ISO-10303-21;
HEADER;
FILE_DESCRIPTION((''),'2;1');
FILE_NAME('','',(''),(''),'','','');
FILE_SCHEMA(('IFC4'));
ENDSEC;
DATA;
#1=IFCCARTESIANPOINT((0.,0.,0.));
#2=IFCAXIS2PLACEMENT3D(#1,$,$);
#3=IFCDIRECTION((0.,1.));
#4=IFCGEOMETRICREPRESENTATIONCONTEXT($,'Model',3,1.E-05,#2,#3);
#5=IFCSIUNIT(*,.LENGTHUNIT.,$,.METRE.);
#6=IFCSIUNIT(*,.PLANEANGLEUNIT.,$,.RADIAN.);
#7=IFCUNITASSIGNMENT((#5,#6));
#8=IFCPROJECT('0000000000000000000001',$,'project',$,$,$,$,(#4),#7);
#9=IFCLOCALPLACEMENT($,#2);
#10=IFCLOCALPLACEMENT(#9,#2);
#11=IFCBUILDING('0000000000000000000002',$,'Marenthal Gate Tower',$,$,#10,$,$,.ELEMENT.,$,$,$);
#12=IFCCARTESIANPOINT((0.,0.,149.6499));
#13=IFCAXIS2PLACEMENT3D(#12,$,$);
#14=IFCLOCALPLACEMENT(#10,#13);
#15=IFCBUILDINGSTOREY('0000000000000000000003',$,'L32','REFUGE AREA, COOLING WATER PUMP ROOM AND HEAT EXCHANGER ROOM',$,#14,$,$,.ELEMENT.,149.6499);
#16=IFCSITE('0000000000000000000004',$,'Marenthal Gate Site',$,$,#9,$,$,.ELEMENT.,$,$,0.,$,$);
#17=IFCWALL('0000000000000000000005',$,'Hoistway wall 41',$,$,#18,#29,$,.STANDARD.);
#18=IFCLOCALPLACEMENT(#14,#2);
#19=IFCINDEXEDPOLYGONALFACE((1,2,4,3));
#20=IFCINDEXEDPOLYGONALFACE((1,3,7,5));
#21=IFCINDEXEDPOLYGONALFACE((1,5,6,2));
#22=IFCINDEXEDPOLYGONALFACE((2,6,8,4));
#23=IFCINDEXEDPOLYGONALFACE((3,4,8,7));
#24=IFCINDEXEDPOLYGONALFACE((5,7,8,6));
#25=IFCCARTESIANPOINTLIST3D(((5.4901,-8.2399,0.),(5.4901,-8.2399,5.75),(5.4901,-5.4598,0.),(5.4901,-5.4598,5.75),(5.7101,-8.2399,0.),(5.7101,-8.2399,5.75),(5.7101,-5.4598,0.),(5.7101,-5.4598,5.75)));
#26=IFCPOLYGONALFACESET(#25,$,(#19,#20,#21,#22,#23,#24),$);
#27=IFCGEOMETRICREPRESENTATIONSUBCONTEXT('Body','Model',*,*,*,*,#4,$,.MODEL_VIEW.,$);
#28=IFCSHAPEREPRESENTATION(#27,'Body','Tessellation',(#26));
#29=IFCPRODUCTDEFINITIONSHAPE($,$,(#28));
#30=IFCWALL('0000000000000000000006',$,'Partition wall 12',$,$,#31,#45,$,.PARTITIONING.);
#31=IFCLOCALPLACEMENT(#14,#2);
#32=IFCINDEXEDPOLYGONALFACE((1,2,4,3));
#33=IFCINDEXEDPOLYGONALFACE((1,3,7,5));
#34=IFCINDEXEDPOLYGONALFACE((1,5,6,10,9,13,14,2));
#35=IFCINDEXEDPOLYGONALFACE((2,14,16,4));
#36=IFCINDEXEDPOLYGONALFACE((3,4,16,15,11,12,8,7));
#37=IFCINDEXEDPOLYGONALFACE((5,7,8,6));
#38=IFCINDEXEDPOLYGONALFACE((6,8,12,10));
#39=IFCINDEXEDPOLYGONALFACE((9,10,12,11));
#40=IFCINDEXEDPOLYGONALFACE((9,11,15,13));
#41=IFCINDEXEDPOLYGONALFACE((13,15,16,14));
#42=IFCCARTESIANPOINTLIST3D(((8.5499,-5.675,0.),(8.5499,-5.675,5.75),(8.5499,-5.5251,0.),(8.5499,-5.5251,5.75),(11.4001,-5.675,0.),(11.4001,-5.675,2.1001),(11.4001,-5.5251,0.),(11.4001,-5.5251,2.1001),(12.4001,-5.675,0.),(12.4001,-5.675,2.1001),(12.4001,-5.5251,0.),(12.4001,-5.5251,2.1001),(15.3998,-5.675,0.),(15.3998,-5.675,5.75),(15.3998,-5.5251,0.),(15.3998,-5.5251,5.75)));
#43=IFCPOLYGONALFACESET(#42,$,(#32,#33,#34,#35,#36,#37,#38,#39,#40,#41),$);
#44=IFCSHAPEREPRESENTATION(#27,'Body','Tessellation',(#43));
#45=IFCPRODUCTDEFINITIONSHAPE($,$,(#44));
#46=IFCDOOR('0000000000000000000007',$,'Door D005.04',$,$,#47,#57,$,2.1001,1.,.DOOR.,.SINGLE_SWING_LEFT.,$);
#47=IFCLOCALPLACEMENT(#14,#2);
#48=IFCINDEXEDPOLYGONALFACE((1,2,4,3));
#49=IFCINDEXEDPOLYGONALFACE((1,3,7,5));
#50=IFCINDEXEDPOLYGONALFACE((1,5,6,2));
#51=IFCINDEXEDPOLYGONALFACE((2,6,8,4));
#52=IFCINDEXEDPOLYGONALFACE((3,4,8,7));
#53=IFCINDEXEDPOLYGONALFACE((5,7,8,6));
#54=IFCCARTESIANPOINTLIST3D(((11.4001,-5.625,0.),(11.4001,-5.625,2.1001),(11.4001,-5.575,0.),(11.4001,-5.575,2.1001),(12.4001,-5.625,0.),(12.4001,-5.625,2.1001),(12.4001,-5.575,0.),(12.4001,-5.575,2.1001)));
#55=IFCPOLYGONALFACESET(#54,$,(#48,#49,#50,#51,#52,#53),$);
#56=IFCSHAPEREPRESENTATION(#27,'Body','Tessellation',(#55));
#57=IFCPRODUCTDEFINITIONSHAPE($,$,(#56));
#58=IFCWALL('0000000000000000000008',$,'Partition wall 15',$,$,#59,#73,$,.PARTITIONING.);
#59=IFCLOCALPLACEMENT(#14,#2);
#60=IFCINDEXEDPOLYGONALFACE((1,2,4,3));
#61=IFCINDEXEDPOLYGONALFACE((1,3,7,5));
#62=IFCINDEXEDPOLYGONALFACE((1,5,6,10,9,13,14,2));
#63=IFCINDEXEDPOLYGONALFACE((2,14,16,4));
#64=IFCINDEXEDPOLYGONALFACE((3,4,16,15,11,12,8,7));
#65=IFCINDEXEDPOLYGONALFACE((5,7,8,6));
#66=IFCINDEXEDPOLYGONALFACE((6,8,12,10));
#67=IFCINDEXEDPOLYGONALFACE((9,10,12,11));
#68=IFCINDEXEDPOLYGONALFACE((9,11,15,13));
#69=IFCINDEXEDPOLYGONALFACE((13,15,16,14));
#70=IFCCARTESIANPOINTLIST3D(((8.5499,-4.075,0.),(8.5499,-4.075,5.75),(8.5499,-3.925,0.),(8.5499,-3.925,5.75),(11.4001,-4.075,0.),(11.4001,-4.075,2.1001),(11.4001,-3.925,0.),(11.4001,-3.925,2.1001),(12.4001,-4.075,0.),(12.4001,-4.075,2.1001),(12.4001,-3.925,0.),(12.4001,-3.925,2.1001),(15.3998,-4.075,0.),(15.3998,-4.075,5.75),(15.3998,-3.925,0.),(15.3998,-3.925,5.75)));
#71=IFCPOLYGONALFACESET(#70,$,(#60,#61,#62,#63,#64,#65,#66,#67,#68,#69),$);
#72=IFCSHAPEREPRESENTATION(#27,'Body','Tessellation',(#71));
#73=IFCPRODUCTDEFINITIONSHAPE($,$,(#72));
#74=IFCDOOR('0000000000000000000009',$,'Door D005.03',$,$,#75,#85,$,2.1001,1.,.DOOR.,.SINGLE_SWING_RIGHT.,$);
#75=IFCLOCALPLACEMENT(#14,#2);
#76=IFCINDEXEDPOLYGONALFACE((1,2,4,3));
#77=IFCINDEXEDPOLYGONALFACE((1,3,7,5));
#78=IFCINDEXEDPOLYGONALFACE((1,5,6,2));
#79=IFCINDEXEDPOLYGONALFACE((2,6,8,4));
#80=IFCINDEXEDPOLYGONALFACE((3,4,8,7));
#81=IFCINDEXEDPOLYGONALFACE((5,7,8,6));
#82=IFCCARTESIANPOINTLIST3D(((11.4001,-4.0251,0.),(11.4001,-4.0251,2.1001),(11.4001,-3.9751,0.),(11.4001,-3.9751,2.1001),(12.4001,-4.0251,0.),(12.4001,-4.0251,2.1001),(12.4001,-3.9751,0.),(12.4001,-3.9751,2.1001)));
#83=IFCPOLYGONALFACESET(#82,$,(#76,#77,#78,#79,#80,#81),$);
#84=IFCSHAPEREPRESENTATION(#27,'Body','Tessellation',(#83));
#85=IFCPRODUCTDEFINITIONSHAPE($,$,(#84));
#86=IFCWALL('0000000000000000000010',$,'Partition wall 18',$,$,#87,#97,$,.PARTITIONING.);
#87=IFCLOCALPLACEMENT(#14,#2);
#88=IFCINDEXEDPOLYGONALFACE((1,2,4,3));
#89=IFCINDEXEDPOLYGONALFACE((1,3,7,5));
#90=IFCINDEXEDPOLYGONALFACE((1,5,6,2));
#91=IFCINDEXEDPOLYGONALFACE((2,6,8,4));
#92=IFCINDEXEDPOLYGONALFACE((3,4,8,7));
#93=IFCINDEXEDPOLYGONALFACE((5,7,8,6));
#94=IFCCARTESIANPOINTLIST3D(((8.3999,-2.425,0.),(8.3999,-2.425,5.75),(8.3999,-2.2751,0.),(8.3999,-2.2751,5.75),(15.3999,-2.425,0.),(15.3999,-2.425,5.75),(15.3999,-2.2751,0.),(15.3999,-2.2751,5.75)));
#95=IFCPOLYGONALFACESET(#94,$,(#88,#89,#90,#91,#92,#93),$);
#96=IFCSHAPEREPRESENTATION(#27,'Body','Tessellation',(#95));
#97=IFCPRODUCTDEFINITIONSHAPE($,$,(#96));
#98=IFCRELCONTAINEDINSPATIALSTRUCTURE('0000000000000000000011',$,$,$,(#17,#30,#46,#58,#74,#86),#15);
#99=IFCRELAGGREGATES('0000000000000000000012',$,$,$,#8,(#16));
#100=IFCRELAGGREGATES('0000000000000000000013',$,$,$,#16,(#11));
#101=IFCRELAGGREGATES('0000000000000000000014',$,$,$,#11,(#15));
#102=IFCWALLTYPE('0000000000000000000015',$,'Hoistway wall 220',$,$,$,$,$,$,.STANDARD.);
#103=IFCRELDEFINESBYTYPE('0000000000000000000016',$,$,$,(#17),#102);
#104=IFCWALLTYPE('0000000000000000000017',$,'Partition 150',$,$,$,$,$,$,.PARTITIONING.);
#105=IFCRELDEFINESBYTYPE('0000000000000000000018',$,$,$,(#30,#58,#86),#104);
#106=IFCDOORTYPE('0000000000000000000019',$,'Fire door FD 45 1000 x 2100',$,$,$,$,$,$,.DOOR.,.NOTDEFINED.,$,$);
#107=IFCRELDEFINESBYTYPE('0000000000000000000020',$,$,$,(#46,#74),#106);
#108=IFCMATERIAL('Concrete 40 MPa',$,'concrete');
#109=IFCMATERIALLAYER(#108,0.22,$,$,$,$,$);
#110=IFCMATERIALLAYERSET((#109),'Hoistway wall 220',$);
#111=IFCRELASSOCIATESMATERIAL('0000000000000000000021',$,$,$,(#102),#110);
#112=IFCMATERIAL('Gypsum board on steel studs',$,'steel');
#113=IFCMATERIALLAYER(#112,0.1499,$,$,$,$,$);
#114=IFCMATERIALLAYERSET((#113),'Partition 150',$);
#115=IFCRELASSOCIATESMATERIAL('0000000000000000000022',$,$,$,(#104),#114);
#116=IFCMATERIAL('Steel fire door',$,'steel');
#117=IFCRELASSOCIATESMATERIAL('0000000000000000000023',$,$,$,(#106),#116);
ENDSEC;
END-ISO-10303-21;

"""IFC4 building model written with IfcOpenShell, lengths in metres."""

from ifc_helpers import new_model, si_unit, direction, frame, frame_2d, origin, place, context, subcontext, project, spatial, rectangle, extrude, material, layer, layer_set, type_object, element, fill, save


model = new_model("IFC4")

# Units and contexts
model_context = context("Model", 3, precision=1e-05, world=origin(), true_north=direction((0.0, 1.0)))
body_context = subcontext(model_context, "Body", "Model", "MODEL_VIEW")
ifc_project = project(units=[si_unit("LENGTHUNIT", "METRE"), si_unit("PLANEANGLEUNIT", "RADIAN")], contexts=[model_context])

# Site, building, storey
site_placement = place(None, origin())
site = spatial("IfcSite", under=ifc_project, at=site_placement, Name="Marenthal Gate Site", CompositionType="ELEMENT", RefElevation=0.0)
building_placement = place(site_placement, origin())
building = spatial("IfcBuilding", under=site, at=building_placement, Name="Marenthal Gate Tower", CompositionType="ELEMENT")
storey_placement = place(building_placement, frame((0.0, 0.0, 149.6499)))
storey = spatial("IfcBuildingStorey", under=building, at=storey_placement, Name="L32", Description="REFUGE AREA, COOLING WATER PUMP ROOM AND HEAT EXCHANGER ROOM", CompositionType="ELEMENT", Elevation=149.6499)

# Wall
ifc_material_1 = material(Name="Concrete 40 MPa", Category="concrete")
ifc_layer_1 = layer(ifc_material_1, 0.22)
ifc_layer_set_1 = layer_set([ifc_layer_1], Name="Hoistway wall 220")
wall_type_1 = type_object("IfcWallType", Name="Hoistway wall 220", PredefinedType="STANDARD", material=ifc_layer_set_1)
for number, where, z_axis, x_axis, name in (
    (1, (5.6001, -8.24, 0.0), (0.0, 0.0, 1.0), (0.0, 1.0, 0.0), "Hoistway wall 41"),
):
    element("IfcWall", number, at=place(storey_placement, frame(where, z_axis=z_axis, x_axis=x_axis)), inside=storey, type_object=wall_type_1, Name=name, PredefinedType="STANDARD", context=body_context, shape_type="SweptSolid", body=[
        extrude(rectangle(XDim=2.78, YDim=0.22, at=frame_2d((1.3901, 0.0))), origin(), (0.0, 0.0, 1.0), 5.75),
    ])

# Walls, openings, doors
ifc_material_2 = material(Name="Gypsum board on steel studs", Category="steel")
ifc_layer_2 = layer(ifc_material_2, 0.1499)
ifc_layer_set_2 = layer_set([ifc_layer_2], Name="Partition 150")
wall_type_2 = type_object("IfcWallType", Name="Partition 150", PredefinedType="PARTITIONING", material=ifc_layer_set_2)
wall_1_placement = place(storey_placement, frame((8.55, -5.6001, 0.0), z_axis=(0.0, 0.0, 1.0), x_axis=(1.0, 0.0, 0.0)))
wall_1 = element("IfcWall", 2, at=wall_1_placement, inside=storey, type_object=wall_type_2, Name="Partition wall 12", PredefinedType="PARTITIONING", context=body_context, shape_type="SweptSolid", body=[
    extrude(rectangle(XDim=6.8499, YDim=0.1499, at=frame_2d((3.4248, 0.0))), origin(), (0.0, 0.0, 1.0), 5.75),
])
opening_1_placement = place(wall_1_placement, frame((2.8501, 0.0, 0.0)))
opening_1 = element("IfcOpeningElement", 3, at=opening_1_placement, cuts=wall_1, PredefinedType="OPENING", context=body_context, shape_type="SweptSolid", body=[
    extrude(rectangle(XDim=1.0, YDim=2.1001, at=frame_2d((0.5, 1.05))), frame((0.0, 0.085, 0.0), z_axis=(0.0, -1.0, 0.0), x_axis=(1.0, 0.0, 0.0)), (0.0, 0.0, 1.0), 0.1699),
])
ifc_material_3 = material(Name="Steel fire door", Category="steel")
door_type = type_object("IfcDoorType", Name="Fire door FD 45 1000 x 2100", OperationType="NOTDEFINED", PredefinedType="DOOR", material=ifc_material_3)
door_1_placement = place(opening_1_placement, frame((1.0, 0.0, 0.0), z_axis=(0.0, 0.0, 1.0), x_axis=(-1.0, 0.0, 0.0)))
door_1 = element("IfcDoor", 4, at=door_1_placement, inside=storey, type_object=door_type, Name="Door D005.04", OperationType="SINGLE_SWING_LEFT", OverallHeight=2.1001, OverallWidth=1.0, PredefinedType="DOOR", context=body_context, shape_type="SweptSolid", body=[
    extrude(rectangle(XDim=1.0, YDim=2.1001, at=frame_2d((0.5, 1.05))), frame((0.0, 0.0249, 0.0), z_axis=(0.0, -1.0, 0.0), x_axis=(1.0, 0.0, 0.0)), (0.0, 0.0, 1.0), 0.05),
])
fill(opening_1, door_1)
wall_2_placement = place(storey_placement, frame((8.55, -4.0, 0.0), z_axis=(0.0, 0.0, 1.0), x_axis=(1.0, 0.0, 0.0)))
wall_2 = element("IfcWall", 5, at=wall_2_placement, inside=storey, type_object=wall_type_2, Name="Partition wall 15", PredefinedType="PARTITIONING", context=body_context, shape_type="SweptSolid", body=[
    extrude(rectangle(XDim=6.8499, YDim=0.1499, at=frame_2d((3.4248, 0.0))), origin(), (0.0, 0.0, 1.0), 5.75),
])
opening_2_placement = place(wall_2_placement, frame((2.8501, 0.0, 0.0)))
opening_2 = element("IfcOpeningElement", 6, at=opening_2_placement, cuts=wall_2, PredefinedType="OPENING", context=body_context, shape_type="SweptSolid", body=[
    extrude(rectangle(XDim=1.0, YDim=2.1001, at=frame_2d((0.5, 1.05))), frame((0.0, 0.085, 0.0), z_axis=(0.0, -1.0, 0.0), x_axis=(1.0, 0.0, 0.0)), (0.0, 0.0, 1.0), 0.1699),
])
door_2_placement = place(opening_2_placement, origin())
door_2 = element("IfcDoor", 7, at=door_2_placement, inside=storey, type_object=door_type, Name="Door D005.03", OperationType="SINGLE_SWING_RIGHT", OverallHeight=2.1001, OverallWidth=1.0, PredefinedType="DOOR", context=body_context, shape_type="SweptSolid", body=[
    extrude(rectangle(XDim=1.0, YDim=2.1001, at=frame_2d((0.5, 1.05))), frame((0.0, 0.0249, 0.0), z_axis=(0.0, -1.0, 0.0), x_axis=(1.0, 0.0, 0.0)), (0.0, 0.0, 1.0), 0.05),
])
fill(opening_2, door_2)

# Wall
wall_3_placement = place(storey_placement, frame((8.3999, -2.3501, 0.0), z_axis=(0.0, 0.0, 1.0), x_axis=(1.0, 0.0, 0.0)))
element("IfcWall", 8, at=wall_3_placement, inside=storey, type_object=wall_type_2, Name="Partition wall 18", PredefinedType="PARTITIONING", context=body_context, shape_type="SweptSolid", body=[
    extrude(rectangle(XDim=7.0, YDim=0.1499, at=frame_2d((3.5, 0.0))), origin(), (0.0, 0.0, 1.0), 5.75),
])

save(model, "model.ifc")
